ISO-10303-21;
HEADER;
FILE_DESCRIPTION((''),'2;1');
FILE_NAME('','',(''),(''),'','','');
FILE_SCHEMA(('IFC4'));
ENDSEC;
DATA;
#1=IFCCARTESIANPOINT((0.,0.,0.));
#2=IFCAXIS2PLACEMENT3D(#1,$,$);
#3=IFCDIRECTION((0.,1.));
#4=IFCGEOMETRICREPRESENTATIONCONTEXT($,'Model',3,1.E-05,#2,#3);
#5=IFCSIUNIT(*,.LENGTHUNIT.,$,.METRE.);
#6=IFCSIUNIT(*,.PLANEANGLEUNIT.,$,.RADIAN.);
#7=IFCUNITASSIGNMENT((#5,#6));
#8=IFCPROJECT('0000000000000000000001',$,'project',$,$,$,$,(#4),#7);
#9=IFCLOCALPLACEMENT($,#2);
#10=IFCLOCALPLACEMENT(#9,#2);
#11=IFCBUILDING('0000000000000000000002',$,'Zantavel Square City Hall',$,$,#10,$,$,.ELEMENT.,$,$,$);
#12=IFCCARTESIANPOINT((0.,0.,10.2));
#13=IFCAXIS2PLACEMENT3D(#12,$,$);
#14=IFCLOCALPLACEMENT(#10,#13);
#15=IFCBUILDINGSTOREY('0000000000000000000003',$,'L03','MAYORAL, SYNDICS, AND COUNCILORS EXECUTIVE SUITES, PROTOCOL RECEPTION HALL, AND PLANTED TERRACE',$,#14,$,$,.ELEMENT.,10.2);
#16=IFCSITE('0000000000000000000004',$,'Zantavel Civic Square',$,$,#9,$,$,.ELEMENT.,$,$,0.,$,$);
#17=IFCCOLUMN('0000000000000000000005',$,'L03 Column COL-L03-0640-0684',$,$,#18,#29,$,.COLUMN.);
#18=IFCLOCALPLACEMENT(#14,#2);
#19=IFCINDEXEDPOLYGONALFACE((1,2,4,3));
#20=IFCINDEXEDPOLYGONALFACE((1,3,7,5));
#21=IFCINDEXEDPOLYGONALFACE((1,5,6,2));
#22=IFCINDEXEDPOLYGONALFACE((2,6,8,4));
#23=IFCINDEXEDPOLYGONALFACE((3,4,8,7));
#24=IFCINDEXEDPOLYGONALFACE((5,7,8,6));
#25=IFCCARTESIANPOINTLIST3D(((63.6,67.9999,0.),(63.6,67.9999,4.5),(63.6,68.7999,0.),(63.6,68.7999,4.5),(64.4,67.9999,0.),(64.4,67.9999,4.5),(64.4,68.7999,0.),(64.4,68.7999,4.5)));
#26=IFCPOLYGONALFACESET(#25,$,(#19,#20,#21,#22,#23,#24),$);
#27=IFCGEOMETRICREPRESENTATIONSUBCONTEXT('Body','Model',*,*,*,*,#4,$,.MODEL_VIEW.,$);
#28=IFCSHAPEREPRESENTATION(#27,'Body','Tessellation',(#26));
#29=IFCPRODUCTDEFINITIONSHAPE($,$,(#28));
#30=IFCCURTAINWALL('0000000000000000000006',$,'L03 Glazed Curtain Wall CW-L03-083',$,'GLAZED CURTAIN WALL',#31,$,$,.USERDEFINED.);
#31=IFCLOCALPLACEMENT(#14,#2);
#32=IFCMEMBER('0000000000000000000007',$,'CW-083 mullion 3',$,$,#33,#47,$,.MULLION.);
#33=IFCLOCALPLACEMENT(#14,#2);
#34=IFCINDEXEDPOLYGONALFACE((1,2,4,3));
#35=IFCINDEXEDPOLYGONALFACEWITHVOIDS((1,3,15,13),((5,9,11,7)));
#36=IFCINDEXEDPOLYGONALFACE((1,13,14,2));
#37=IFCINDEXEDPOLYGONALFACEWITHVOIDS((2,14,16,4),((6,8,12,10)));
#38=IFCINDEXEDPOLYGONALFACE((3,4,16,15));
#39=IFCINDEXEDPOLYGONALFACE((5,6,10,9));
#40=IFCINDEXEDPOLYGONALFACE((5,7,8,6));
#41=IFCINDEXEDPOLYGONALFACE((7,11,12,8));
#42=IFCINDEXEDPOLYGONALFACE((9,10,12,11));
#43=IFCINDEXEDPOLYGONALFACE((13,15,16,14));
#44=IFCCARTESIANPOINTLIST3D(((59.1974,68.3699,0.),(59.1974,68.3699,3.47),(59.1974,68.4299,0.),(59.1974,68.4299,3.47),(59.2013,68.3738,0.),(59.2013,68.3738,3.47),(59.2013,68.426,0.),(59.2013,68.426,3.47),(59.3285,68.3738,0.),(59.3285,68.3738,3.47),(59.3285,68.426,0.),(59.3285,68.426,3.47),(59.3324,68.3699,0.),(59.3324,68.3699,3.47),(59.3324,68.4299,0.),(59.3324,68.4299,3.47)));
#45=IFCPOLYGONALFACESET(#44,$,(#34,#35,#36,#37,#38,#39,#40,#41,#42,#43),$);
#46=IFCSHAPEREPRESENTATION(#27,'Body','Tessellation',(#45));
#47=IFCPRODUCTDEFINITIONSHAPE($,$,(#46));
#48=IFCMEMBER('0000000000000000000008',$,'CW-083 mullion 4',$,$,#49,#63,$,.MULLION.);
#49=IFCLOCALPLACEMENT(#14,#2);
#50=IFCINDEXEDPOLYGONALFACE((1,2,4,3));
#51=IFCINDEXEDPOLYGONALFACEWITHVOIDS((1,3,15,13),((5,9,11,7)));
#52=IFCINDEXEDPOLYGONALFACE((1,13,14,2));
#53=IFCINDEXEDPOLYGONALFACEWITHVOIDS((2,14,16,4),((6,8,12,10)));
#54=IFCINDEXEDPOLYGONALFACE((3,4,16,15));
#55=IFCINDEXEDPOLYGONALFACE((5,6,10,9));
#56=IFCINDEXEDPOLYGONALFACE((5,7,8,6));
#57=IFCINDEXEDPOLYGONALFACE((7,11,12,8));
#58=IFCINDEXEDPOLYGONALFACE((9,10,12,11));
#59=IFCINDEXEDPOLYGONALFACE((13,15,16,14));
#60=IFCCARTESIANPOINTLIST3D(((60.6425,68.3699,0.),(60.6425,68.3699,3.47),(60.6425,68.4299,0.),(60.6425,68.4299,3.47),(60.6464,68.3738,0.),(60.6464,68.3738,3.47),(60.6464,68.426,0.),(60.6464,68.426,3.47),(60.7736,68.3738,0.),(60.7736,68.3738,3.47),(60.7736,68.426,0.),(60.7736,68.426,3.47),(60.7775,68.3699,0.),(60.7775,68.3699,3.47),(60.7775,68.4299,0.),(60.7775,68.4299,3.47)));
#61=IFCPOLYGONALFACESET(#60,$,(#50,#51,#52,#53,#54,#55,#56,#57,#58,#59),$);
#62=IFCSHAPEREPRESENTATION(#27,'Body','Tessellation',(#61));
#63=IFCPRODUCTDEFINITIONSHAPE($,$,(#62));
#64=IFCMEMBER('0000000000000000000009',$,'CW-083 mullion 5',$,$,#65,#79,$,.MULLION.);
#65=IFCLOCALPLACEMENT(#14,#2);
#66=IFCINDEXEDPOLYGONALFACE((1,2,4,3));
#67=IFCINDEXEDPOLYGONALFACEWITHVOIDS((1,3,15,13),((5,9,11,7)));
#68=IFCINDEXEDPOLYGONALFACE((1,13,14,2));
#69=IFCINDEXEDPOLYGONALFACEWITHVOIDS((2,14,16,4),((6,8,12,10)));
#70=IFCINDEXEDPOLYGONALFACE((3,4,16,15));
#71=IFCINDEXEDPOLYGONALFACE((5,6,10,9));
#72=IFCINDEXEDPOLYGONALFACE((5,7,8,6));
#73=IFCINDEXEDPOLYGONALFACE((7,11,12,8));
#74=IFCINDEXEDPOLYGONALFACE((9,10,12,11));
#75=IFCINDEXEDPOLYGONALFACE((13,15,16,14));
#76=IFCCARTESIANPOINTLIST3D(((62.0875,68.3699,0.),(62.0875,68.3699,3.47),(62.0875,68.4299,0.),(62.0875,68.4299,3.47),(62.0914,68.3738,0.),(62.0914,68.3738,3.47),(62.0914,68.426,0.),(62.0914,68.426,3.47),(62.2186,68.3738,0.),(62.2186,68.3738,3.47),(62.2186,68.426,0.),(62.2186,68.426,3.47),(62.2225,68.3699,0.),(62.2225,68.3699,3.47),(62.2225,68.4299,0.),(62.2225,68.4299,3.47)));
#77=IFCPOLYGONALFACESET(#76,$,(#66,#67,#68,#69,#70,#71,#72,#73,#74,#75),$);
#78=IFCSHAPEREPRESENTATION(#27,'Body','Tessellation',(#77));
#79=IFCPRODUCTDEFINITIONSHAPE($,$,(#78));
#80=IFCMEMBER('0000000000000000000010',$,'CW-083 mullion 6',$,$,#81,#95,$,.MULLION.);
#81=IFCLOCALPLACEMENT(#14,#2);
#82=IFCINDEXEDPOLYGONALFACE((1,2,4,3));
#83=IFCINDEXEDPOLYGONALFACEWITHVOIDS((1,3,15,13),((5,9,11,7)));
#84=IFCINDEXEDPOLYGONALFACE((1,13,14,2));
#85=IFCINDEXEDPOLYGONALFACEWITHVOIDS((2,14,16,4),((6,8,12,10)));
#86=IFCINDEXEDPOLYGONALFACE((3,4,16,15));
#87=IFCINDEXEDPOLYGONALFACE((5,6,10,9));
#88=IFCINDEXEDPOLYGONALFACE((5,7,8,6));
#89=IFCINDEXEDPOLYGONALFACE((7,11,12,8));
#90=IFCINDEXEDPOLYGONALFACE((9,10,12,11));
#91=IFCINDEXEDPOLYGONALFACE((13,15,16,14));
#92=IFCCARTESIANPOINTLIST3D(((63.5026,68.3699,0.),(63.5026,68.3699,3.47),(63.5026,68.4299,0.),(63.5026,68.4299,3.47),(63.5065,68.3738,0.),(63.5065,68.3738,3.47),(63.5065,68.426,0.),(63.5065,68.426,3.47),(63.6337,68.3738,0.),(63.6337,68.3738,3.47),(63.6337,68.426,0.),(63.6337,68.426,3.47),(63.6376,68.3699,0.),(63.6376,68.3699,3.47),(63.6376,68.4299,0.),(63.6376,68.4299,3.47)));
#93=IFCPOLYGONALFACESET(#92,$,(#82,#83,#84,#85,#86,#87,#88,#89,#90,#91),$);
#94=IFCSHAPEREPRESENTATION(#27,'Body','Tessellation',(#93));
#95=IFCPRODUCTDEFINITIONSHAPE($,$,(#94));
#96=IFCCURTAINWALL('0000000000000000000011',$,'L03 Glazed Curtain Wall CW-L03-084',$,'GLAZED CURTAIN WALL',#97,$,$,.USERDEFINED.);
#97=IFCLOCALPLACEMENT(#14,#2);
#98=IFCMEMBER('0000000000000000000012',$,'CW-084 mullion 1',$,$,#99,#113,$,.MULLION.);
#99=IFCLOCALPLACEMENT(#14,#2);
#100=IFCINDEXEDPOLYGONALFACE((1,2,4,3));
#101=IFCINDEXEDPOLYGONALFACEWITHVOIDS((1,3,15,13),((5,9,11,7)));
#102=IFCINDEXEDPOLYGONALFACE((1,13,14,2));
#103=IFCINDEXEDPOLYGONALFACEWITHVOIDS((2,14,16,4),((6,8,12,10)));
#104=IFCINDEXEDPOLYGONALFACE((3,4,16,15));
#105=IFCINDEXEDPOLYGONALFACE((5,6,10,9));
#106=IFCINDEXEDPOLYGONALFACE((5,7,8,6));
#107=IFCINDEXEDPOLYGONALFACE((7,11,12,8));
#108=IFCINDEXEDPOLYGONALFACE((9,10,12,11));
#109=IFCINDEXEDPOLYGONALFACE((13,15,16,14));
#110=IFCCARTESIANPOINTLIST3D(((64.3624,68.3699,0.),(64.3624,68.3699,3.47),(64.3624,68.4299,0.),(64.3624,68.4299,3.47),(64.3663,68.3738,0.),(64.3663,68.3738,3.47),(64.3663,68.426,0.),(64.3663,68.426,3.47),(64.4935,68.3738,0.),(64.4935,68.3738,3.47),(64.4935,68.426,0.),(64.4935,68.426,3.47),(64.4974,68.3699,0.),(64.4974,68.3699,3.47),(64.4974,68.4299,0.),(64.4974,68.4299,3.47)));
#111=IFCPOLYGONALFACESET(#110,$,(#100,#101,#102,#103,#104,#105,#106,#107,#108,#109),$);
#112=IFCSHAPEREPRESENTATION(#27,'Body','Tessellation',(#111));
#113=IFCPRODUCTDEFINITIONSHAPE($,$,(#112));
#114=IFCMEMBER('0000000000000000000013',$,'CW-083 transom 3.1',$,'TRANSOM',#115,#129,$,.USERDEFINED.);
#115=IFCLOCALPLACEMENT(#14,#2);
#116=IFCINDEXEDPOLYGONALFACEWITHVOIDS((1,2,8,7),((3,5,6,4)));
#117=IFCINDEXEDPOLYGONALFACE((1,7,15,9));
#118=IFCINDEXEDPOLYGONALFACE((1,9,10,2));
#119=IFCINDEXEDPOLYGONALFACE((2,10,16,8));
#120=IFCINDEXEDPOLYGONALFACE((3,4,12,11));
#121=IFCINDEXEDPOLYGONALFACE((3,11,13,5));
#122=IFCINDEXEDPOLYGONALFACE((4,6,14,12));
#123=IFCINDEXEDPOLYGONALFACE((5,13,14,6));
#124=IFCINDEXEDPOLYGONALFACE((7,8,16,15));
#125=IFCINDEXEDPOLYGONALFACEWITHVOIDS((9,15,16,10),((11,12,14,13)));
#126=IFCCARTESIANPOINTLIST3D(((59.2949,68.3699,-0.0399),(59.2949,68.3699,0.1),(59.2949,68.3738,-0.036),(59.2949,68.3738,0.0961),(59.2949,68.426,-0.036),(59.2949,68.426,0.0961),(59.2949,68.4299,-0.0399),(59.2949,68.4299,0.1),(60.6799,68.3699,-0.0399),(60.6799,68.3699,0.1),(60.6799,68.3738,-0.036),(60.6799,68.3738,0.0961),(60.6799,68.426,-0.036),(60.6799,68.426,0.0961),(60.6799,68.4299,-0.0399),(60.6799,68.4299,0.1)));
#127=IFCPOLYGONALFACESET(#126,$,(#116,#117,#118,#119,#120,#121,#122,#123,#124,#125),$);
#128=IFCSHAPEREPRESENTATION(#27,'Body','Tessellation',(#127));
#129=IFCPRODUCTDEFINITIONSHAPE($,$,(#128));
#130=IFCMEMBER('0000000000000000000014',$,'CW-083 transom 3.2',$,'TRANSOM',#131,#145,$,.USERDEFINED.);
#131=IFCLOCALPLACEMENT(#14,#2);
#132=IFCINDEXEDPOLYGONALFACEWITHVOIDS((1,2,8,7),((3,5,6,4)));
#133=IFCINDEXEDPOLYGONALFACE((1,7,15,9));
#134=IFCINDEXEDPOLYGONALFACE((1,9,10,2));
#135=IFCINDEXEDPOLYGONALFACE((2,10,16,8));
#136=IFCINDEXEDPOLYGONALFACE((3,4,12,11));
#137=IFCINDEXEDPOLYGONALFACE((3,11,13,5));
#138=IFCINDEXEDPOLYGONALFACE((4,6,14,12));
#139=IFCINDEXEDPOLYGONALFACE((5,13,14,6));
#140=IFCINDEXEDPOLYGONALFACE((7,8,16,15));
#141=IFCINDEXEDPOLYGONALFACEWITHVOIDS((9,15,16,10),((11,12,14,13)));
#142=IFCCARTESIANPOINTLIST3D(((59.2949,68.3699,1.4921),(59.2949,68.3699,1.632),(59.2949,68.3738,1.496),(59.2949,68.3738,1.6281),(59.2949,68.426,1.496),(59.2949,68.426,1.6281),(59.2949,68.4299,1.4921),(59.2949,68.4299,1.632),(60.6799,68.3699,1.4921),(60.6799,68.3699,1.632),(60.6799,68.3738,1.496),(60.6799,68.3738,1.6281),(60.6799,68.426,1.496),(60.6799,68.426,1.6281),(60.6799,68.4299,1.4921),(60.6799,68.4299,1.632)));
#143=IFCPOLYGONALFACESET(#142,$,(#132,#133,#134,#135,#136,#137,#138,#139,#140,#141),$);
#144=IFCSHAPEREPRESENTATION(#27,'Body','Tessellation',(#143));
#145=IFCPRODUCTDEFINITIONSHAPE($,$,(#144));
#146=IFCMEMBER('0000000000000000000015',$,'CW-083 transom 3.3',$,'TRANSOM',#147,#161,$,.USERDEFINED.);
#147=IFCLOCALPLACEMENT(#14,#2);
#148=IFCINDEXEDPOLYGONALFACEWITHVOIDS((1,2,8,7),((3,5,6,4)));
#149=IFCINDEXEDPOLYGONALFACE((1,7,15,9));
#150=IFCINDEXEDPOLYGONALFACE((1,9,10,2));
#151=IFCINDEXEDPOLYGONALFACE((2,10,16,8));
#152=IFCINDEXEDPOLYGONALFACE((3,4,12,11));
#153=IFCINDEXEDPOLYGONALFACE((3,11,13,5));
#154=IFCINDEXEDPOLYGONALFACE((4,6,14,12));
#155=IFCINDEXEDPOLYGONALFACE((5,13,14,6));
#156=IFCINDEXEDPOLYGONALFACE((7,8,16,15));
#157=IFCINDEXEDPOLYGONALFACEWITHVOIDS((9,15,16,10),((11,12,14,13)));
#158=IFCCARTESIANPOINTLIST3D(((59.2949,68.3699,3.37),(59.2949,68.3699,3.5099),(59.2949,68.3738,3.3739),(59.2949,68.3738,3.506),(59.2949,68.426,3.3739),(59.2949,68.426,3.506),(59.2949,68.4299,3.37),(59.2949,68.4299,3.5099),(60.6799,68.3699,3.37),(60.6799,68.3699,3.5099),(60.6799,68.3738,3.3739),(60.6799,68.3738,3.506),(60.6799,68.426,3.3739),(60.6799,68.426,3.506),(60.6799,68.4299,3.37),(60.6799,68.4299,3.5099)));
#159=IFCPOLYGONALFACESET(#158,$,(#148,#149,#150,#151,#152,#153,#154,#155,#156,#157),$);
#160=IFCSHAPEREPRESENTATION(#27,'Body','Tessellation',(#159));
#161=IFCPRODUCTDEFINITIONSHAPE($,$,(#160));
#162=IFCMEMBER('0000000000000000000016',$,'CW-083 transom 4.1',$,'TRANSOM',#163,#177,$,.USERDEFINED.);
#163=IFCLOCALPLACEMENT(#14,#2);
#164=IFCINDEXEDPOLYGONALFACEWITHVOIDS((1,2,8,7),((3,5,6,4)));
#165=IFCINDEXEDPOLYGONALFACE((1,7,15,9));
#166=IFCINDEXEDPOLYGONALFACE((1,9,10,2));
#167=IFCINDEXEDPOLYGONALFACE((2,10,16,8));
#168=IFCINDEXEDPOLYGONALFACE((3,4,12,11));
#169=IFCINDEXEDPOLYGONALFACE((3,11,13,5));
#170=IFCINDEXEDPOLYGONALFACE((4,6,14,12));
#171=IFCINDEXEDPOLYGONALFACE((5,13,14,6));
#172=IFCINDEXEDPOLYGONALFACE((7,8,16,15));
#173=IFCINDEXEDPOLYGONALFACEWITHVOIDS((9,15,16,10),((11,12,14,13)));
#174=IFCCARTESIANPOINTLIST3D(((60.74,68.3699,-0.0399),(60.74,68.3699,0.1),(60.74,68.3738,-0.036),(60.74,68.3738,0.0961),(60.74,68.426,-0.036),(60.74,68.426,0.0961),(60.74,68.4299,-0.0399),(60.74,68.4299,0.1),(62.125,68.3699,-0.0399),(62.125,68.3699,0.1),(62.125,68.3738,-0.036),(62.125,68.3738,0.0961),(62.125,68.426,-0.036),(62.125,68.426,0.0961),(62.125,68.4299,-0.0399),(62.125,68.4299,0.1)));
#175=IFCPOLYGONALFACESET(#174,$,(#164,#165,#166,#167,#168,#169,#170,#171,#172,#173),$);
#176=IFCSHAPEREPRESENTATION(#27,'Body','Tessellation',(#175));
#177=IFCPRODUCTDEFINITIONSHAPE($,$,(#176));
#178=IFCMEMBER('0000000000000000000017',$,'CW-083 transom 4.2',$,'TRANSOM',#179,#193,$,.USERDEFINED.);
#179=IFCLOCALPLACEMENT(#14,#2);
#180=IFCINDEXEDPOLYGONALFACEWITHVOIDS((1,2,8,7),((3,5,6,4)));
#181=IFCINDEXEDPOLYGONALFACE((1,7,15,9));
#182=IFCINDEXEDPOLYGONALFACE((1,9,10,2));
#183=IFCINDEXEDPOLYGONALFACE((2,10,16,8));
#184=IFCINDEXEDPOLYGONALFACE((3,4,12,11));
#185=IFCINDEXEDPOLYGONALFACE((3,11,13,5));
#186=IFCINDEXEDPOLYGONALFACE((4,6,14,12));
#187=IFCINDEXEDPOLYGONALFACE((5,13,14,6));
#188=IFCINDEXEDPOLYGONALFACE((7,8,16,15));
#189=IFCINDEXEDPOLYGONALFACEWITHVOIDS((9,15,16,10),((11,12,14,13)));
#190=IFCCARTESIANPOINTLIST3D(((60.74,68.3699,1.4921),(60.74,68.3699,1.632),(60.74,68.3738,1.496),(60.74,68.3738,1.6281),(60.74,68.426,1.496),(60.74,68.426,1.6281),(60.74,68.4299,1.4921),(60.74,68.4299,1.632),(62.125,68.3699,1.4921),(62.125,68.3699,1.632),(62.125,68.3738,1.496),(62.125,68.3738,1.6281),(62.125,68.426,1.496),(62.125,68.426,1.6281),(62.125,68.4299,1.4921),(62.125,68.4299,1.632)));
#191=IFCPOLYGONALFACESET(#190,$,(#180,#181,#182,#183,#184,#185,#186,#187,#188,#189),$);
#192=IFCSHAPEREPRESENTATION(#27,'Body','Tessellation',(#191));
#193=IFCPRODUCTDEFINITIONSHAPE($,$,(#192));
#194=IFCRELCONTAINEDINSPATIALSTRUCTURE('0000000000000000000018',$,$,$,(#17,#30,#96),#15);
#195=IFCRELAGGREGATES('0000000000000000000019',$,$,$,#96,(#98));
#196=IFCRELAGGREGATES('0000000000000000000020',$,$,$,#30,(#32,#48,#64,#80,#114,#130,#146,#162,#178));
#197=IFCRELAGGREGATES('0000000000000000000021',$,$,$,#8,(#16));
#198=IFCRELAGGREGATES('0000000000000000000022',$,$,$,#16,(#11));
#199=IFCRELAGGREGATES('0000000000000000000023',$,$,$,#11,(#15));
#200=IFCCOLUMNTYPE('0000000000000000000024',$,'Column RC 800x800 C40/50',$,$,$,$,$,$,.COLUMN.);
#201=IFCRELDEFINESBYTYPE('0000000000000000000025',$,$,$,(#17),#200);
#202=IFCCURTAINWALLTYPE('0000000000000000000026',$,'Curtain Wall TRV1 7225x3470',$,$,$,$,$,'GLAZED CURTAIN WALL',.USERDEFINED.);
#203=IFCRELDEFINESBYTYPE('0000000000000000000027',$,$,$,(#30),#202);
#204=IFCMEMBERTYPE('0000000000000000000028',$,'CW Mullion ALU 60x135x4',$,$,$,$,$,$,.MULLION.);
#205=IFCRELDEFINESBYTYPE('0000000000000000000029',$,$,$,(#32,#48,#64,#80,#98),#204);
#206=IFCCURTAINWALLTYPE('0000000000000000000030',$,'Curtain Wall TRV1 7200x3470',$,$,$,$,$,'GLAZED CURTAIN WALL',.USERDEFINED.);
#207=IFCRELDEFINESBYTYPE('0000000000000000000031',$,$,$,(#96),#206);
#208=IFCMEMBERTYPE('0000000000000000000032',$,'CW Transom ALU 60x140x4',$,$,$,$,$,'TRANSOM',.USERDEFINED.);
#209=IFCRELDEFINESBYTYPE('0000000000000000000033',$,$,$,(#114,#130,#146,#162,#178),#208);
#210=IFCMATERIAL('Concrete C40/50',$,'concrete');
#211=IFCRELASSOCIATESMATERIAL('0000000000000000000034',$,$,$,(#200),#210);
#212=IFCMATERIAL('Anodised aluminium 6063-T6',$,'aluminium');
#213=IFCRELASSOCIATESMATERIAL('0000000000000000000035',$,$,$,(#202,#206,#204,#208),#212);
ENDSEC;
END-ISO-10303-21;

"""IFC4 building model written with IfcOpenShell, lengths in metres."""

from ifc_helpers import new_model, si_unit, direction, frame, origin, origin_2d, place, context, subcontext, project, spatial, rectangle, hollow_rectangle, extrude, material, material_profile, profile_set, type_object, element, aggregate, save


model = new_model("IFC4")

# Units and contexts
model_context = context("Model", 3, precision=1e-05, world=origin(), true_north=direction((0.0, 1.0)))
body_context = subcontext(model_context, "Body", "Model", "MODEL_VIEW")
ifc_project = project(units=[si_unit("LENGTHUNIT", "METRE"), si_unit("PLANEANGLEUNIT", "RADIAN")], contexts=[model_context])

# Site, building, storey
site_placement = place(None, origin())
site = spatial("IfcSite", under=ifc_project, at=site_placement, Name="Zantavel Civic Square", CompositionType="ELEMENT", RefElevation=0.0)
building_placement = place(site_placement, origin())
building = spatial("IfcBuilding", under=site, at=building_placement, Name="Zantavel Square City Hall", CompositionType="ELEMENT")
storey_placement = place(building_placement, frame((0.0, 0.0, 10.2)))
storey = spatial("IfcBuildingStorey", under=building, at=storey_placement, Name="L03", Description="MAYORAL, SYNDICS, AND COUNCILORS EXECUTIVE SUITES, PROTOCOL RECEPTION HALL, AND PLANTED TERRACE", CompositionType="ELEMENT", Elevation=10.2)

# Column
ifc_material_1 = material(Name="Concrete C40/50", Category="concrete")
ifc_material_profile_1 = material_profile(ifc_material_1, rectangle(XDim=0.8, YDim=0.8, at=origin_2d()), Name="RC 800x800")
ifc_profile_set_1 = profile_set([ifc_material_profile_1], Name="Concrete C40/50")
column_type = type_object("IfcColumnType", Name="Column RC 800x800 C40/50", PredefinedType="COLUMN", material=ifc_profile_set_1)
column_placement = place(storey_placement, frame((64.0, 68.3999, 0.0), z_axis=(0.0, 0.0, 1.0), x_axis=(1.0, 0.0, 0.0)))
element("IfcColumn", 1, at=column_placement, inside=storey, type_object=column_type, Name="L03 Column COL-L03-0640-0684", PredefinedType="COLUMN", context=body_context, shape_type="SweptSolid", body=[
    extrude(rectangle(XDim=0.8, YDim=0.8, at=origin_2d()), origin(), (0.0, 0.0, 1.0), 4.5),
])

# Curtain wall, members
ifc_material_2 = material(Name="Anodised aluminium 6063-T6", Category="aluminium")
curtain_wall_type_1 = type_object("IfcCurtainWallType", Name="Curtain Wall TRV1 7225x3470", ElementType="GLAZED CURTAIN WALL", PredefinedType="USERDEFINED", material=ifc_material_2)
curtain_wall_1_placement = place(storey_placement, origin())
curtain_wall_1 = element("IfcCurtainWall", 2, at=curtain_wall_1_placement, inside=storey, type_object=curtain_wall_type_1, Name="L03 Glazed Curtain Wall CW-L03-083", ObjectType="GLAZED CURTAIN WALL", PredefinedType="USERDEFINED")
ifc_material_profile_2 = material_profile(ifc_material_2, hollow_rectangle(XDim=0.0601, YDim=0.135, WallThickness=0.0039, at=origin_2d()), Name="ALU 60x135x4")
ifc_profile_set_2 = profile_set([ifc_material_profile_2], Name="Anodised aluminium 6063-T6")
member_type_1 = type_object("IfcMemberType", Name="CW Mullion ALU 60x135x4", PredefinedType="MULLION", material=ifc_profile_set_2)
member_1_placement = place(storey_placement, frame((59.2649, 68.3999, 0.0), z_axis=(0.0, 0.0, 1.0), x_axis=(0.0, 1.0, 0.0)))
member_1 = element("IfcMember", 3, at=member_1_placement, type_object=member_type_1, Name="CW-083 mullion 3", PredefinedType="MULLION", context=body_context, shape_type="SweptSolid", body=[
    extrude(hollow_rectangle(XDim=0.0601, YDim=0.135, WallThickness=0.0039, at=origin_2d()), origin(), (0.0, 0.0, 1.0), 3.47),
])
member_2_placement = place(storey_placement, frame((60.71, 68.3999, 0.0), z_axis=(0.0, 0.0, 1.0), x_axis=(0.0, 1.0, 0.0)))
member_2 = element("IfcMember", 4, at=member_2_placement, type_object=member_type_1, Name="CW-083 mullion 4", PredefinedType="MULLION", context=body_context, shape_type="SweptSolid", body=[
    extrude(hollow_rectangle(XDim=0.0601, YDim=0.135, WallThickness=0.0039, at=origin_2d()), origin(), (0.0, 0.0, 1.0), 3.47),
])
member_3_placement = place(storey_placement, frame((62.155, 68.3999, 0.0), z_axis=(0.0, 0.0, 1.0), x_axis=(0.0, 1.0, 0.0)))
member_3 = element("IfcMember", 5, at=member_3_placement, type_object=member_type_1, Name="CW-083 mullion 5", PredefinedType="MULLION", context=body_context, shape_type="SweptSolid", body=[
    extrude(hollow_rectangle(XDim=0.0601, YDim=0.135, WallThickness=0.0039, at=origin_2d()), origin(), (0.0, 0.0, 1.0), 3.47),
])
member_4_placement = place(storey_placement, frame((63.5701, 68.3999, 0.0), z_axis=(0.0, 0.0, 1.0), x_axis=(0.0, 1.0, 0.0)))
member_4 = element("IfcMember", 6, at=member_4_placement, type_object=member_type_1, Name="CW-083 mullion 6", PredefinedType="MULLION", context=body_context, shape_type="SweptSolid", body=[
    extrude(hollow_rectangle(XDim=0.0601, YDim=0.135, WallThickness=0.0039, at=origin_2d()), origin(), (0.0, 0.0, 1.0), 3.47),
])

# Curtain wall, member
curtain_wall_type_2 = type_object("IfcCurtainWallType", Name="Curtain Wall TRV1 7200x3470", ElementType="GLAZED CURTAIN WALL", PredefinedType="USERDEFINED", material=ifc_material_2)
curtain_wall_2_placement = place(storey_placement, origin())
curtain_wall_2 = element("IfcCurtainWall", 7, at=curtain_wall_2_placement, inside=storey, type_object=curtain_wall_type_2, Name="L03 Glazed Curtain Wall CW-L03-084", ObjectType="GLAZED CURTAIN WALL", PredefinedType="USERDEFINED")
member_5_placement = place(storey_placement, frame((64.4299, 68.3999, 0.0), z_axis=(0.0, 0.0, 1.0), x_axis=(0.0, 1.0, 0.0)))
member_5 = element("IfcMember", 8, at=member_5_placement, type_object=member_type_1, Name="CW-084 mullion 1", PredefinedType="MULLION", context=body_context, shape_type="SweptSolid", body=[
    extrude(hollow_rectangle(XDim=0.0601, YDim=0.135, WallThickness=0.0039, at=origin_2d()), origin(), (0.0, 0.0, 1.0), 3.47),
])

# Members
ifc_material_profile_3 = material_profile(ifc_material_2, hollow_rectangle(XDim=0.0601, YDim=0.1399, WallThickness=0.0039, at=origin_2d()), Name="ALU 60x140x4")
ifc_profile_set_3 = profile_set([ifc_material_profile_3], Name="Anodised aluminium 6063-T6")
member_type_2 = type_object("IfcMemberType", Name="CW Transom ALU 60x140x4", ElementType="TRANSOM", PredefinedType="USERDEFINED", material=ifc_profile_set_3)
member_6_placement = place(storey_placement, frame((59.2949, 68.3999, 0.03), z_axis=(1.0, 0.0, 0.0), x_axis=(0.0, 1.0, 0.0)))
member_6 = element("IfcMember", 9, at=member_6_placement, type_object=member_type_2, Name="CW-083 transom 3.1", ObjectType="TRANSOM", PredefinedType="USERDEFINED", context=body_context, shape_type="SweptSolid", body=[
    extrude(hollow_rectangle(XDim=0.0601, YDim=0.1399, WallThickness=0.0039, at=origin_2d()), origin(), (0.0, 0.0, 1.0), 1.385),
])
member_7_placement = place(storey_placement, frame((59.2949, 68.3999, 1.562), z_axis=(1.0, 0.0, 0.0), x_axis=(0.0, 1.0, 0.0)))
member_7 = element("IfcMember", 10, at=member_7_placement, type_object=member_type_2, Name="CW-083 transom 3.2", ObjectType="TRANSOM", PredefinedType="USERDEFINED", context=body_context, shape_type="SweptSolid", body=[
    extrude(hollow_rectangle(XDim=0.0601, YDim=0.1399, WallThickness=0.0039, at=origin_2d()), origin(), (0.0, 0.0, 1.0), 1.385),
])
member_8_placement = place(storey_placement, frame((59.2949, 68.3999, 3.4399), z_axis=(1.0, 0.0, 0.0), x_axis=(0.0, 1.0, 0.0)))
member_8 = element("IfcMember", 11, at=member_8_placement, type_object=member_type_2, Name="CW-083 transom 3.3", ObjectType="TRANSOM", PredefinedType="USERDEFINED", context=body_context, shape_type="SweptSolid", body=[
    extrude(hollow_rectangle(XDim=0.0601, YDim=0.1399, WallThickness=0.0039, at=origin_2d()), origin(), (0.0, 0.0, 1.0), 1.385),
])
member_9_placement = place(storey_placement, frame((60.74, 68.3999, 0.03), z_axis=(1.0, 0.0, 0.0), x_axis=(0.0, 1.0, 0.0)))
member_9 = element("IfcMember", 12, at=member_9_placement, type_object=member_type_2, Name="CW-083 transom 4.1", ObjectType="TRANSOM", PredefinedType="USERDEFINED", context=body_context, shape_type="SweptSolid", body=[
    extrude(hollow_rectangle(XDim=0.0601, YDim=0.1399, WallThickness=0.0039, at=origin_2d()), origin(), (0.0, 0.0, 1.0), 1.385),
])
member_10_placement = place(storey_placement, frame((60.74, 68.3999, 1.562), z_axis=(1.0, 0.0, 0.0), x_axis=(0.0, 1.0, 0.0)))
member_10 = element("IfcMember", 13, at=member_10_placement, type_object=member_type_2, Name="CW-083 transom 4.2", ObjectType="TRANSOM", PredefinedType="USERDEFINED", context=body_context, shape_type="SweptSolid", body=[
    extrude(hollow_rectangle(XDim=0.0601, YDim=0.1399, WallThickness=0.0039, at=origin_2d()), origin(), (0.0, 0.0, 1.0), 1.385),
])
aggregate(curtain_wall_2, [member_5])

aggregate(curtain_wall_1, [member_1, member_2, member_3, member_4, member_6, member_7, member_8, member_9, member_10])

save(model, "model.ifc")
